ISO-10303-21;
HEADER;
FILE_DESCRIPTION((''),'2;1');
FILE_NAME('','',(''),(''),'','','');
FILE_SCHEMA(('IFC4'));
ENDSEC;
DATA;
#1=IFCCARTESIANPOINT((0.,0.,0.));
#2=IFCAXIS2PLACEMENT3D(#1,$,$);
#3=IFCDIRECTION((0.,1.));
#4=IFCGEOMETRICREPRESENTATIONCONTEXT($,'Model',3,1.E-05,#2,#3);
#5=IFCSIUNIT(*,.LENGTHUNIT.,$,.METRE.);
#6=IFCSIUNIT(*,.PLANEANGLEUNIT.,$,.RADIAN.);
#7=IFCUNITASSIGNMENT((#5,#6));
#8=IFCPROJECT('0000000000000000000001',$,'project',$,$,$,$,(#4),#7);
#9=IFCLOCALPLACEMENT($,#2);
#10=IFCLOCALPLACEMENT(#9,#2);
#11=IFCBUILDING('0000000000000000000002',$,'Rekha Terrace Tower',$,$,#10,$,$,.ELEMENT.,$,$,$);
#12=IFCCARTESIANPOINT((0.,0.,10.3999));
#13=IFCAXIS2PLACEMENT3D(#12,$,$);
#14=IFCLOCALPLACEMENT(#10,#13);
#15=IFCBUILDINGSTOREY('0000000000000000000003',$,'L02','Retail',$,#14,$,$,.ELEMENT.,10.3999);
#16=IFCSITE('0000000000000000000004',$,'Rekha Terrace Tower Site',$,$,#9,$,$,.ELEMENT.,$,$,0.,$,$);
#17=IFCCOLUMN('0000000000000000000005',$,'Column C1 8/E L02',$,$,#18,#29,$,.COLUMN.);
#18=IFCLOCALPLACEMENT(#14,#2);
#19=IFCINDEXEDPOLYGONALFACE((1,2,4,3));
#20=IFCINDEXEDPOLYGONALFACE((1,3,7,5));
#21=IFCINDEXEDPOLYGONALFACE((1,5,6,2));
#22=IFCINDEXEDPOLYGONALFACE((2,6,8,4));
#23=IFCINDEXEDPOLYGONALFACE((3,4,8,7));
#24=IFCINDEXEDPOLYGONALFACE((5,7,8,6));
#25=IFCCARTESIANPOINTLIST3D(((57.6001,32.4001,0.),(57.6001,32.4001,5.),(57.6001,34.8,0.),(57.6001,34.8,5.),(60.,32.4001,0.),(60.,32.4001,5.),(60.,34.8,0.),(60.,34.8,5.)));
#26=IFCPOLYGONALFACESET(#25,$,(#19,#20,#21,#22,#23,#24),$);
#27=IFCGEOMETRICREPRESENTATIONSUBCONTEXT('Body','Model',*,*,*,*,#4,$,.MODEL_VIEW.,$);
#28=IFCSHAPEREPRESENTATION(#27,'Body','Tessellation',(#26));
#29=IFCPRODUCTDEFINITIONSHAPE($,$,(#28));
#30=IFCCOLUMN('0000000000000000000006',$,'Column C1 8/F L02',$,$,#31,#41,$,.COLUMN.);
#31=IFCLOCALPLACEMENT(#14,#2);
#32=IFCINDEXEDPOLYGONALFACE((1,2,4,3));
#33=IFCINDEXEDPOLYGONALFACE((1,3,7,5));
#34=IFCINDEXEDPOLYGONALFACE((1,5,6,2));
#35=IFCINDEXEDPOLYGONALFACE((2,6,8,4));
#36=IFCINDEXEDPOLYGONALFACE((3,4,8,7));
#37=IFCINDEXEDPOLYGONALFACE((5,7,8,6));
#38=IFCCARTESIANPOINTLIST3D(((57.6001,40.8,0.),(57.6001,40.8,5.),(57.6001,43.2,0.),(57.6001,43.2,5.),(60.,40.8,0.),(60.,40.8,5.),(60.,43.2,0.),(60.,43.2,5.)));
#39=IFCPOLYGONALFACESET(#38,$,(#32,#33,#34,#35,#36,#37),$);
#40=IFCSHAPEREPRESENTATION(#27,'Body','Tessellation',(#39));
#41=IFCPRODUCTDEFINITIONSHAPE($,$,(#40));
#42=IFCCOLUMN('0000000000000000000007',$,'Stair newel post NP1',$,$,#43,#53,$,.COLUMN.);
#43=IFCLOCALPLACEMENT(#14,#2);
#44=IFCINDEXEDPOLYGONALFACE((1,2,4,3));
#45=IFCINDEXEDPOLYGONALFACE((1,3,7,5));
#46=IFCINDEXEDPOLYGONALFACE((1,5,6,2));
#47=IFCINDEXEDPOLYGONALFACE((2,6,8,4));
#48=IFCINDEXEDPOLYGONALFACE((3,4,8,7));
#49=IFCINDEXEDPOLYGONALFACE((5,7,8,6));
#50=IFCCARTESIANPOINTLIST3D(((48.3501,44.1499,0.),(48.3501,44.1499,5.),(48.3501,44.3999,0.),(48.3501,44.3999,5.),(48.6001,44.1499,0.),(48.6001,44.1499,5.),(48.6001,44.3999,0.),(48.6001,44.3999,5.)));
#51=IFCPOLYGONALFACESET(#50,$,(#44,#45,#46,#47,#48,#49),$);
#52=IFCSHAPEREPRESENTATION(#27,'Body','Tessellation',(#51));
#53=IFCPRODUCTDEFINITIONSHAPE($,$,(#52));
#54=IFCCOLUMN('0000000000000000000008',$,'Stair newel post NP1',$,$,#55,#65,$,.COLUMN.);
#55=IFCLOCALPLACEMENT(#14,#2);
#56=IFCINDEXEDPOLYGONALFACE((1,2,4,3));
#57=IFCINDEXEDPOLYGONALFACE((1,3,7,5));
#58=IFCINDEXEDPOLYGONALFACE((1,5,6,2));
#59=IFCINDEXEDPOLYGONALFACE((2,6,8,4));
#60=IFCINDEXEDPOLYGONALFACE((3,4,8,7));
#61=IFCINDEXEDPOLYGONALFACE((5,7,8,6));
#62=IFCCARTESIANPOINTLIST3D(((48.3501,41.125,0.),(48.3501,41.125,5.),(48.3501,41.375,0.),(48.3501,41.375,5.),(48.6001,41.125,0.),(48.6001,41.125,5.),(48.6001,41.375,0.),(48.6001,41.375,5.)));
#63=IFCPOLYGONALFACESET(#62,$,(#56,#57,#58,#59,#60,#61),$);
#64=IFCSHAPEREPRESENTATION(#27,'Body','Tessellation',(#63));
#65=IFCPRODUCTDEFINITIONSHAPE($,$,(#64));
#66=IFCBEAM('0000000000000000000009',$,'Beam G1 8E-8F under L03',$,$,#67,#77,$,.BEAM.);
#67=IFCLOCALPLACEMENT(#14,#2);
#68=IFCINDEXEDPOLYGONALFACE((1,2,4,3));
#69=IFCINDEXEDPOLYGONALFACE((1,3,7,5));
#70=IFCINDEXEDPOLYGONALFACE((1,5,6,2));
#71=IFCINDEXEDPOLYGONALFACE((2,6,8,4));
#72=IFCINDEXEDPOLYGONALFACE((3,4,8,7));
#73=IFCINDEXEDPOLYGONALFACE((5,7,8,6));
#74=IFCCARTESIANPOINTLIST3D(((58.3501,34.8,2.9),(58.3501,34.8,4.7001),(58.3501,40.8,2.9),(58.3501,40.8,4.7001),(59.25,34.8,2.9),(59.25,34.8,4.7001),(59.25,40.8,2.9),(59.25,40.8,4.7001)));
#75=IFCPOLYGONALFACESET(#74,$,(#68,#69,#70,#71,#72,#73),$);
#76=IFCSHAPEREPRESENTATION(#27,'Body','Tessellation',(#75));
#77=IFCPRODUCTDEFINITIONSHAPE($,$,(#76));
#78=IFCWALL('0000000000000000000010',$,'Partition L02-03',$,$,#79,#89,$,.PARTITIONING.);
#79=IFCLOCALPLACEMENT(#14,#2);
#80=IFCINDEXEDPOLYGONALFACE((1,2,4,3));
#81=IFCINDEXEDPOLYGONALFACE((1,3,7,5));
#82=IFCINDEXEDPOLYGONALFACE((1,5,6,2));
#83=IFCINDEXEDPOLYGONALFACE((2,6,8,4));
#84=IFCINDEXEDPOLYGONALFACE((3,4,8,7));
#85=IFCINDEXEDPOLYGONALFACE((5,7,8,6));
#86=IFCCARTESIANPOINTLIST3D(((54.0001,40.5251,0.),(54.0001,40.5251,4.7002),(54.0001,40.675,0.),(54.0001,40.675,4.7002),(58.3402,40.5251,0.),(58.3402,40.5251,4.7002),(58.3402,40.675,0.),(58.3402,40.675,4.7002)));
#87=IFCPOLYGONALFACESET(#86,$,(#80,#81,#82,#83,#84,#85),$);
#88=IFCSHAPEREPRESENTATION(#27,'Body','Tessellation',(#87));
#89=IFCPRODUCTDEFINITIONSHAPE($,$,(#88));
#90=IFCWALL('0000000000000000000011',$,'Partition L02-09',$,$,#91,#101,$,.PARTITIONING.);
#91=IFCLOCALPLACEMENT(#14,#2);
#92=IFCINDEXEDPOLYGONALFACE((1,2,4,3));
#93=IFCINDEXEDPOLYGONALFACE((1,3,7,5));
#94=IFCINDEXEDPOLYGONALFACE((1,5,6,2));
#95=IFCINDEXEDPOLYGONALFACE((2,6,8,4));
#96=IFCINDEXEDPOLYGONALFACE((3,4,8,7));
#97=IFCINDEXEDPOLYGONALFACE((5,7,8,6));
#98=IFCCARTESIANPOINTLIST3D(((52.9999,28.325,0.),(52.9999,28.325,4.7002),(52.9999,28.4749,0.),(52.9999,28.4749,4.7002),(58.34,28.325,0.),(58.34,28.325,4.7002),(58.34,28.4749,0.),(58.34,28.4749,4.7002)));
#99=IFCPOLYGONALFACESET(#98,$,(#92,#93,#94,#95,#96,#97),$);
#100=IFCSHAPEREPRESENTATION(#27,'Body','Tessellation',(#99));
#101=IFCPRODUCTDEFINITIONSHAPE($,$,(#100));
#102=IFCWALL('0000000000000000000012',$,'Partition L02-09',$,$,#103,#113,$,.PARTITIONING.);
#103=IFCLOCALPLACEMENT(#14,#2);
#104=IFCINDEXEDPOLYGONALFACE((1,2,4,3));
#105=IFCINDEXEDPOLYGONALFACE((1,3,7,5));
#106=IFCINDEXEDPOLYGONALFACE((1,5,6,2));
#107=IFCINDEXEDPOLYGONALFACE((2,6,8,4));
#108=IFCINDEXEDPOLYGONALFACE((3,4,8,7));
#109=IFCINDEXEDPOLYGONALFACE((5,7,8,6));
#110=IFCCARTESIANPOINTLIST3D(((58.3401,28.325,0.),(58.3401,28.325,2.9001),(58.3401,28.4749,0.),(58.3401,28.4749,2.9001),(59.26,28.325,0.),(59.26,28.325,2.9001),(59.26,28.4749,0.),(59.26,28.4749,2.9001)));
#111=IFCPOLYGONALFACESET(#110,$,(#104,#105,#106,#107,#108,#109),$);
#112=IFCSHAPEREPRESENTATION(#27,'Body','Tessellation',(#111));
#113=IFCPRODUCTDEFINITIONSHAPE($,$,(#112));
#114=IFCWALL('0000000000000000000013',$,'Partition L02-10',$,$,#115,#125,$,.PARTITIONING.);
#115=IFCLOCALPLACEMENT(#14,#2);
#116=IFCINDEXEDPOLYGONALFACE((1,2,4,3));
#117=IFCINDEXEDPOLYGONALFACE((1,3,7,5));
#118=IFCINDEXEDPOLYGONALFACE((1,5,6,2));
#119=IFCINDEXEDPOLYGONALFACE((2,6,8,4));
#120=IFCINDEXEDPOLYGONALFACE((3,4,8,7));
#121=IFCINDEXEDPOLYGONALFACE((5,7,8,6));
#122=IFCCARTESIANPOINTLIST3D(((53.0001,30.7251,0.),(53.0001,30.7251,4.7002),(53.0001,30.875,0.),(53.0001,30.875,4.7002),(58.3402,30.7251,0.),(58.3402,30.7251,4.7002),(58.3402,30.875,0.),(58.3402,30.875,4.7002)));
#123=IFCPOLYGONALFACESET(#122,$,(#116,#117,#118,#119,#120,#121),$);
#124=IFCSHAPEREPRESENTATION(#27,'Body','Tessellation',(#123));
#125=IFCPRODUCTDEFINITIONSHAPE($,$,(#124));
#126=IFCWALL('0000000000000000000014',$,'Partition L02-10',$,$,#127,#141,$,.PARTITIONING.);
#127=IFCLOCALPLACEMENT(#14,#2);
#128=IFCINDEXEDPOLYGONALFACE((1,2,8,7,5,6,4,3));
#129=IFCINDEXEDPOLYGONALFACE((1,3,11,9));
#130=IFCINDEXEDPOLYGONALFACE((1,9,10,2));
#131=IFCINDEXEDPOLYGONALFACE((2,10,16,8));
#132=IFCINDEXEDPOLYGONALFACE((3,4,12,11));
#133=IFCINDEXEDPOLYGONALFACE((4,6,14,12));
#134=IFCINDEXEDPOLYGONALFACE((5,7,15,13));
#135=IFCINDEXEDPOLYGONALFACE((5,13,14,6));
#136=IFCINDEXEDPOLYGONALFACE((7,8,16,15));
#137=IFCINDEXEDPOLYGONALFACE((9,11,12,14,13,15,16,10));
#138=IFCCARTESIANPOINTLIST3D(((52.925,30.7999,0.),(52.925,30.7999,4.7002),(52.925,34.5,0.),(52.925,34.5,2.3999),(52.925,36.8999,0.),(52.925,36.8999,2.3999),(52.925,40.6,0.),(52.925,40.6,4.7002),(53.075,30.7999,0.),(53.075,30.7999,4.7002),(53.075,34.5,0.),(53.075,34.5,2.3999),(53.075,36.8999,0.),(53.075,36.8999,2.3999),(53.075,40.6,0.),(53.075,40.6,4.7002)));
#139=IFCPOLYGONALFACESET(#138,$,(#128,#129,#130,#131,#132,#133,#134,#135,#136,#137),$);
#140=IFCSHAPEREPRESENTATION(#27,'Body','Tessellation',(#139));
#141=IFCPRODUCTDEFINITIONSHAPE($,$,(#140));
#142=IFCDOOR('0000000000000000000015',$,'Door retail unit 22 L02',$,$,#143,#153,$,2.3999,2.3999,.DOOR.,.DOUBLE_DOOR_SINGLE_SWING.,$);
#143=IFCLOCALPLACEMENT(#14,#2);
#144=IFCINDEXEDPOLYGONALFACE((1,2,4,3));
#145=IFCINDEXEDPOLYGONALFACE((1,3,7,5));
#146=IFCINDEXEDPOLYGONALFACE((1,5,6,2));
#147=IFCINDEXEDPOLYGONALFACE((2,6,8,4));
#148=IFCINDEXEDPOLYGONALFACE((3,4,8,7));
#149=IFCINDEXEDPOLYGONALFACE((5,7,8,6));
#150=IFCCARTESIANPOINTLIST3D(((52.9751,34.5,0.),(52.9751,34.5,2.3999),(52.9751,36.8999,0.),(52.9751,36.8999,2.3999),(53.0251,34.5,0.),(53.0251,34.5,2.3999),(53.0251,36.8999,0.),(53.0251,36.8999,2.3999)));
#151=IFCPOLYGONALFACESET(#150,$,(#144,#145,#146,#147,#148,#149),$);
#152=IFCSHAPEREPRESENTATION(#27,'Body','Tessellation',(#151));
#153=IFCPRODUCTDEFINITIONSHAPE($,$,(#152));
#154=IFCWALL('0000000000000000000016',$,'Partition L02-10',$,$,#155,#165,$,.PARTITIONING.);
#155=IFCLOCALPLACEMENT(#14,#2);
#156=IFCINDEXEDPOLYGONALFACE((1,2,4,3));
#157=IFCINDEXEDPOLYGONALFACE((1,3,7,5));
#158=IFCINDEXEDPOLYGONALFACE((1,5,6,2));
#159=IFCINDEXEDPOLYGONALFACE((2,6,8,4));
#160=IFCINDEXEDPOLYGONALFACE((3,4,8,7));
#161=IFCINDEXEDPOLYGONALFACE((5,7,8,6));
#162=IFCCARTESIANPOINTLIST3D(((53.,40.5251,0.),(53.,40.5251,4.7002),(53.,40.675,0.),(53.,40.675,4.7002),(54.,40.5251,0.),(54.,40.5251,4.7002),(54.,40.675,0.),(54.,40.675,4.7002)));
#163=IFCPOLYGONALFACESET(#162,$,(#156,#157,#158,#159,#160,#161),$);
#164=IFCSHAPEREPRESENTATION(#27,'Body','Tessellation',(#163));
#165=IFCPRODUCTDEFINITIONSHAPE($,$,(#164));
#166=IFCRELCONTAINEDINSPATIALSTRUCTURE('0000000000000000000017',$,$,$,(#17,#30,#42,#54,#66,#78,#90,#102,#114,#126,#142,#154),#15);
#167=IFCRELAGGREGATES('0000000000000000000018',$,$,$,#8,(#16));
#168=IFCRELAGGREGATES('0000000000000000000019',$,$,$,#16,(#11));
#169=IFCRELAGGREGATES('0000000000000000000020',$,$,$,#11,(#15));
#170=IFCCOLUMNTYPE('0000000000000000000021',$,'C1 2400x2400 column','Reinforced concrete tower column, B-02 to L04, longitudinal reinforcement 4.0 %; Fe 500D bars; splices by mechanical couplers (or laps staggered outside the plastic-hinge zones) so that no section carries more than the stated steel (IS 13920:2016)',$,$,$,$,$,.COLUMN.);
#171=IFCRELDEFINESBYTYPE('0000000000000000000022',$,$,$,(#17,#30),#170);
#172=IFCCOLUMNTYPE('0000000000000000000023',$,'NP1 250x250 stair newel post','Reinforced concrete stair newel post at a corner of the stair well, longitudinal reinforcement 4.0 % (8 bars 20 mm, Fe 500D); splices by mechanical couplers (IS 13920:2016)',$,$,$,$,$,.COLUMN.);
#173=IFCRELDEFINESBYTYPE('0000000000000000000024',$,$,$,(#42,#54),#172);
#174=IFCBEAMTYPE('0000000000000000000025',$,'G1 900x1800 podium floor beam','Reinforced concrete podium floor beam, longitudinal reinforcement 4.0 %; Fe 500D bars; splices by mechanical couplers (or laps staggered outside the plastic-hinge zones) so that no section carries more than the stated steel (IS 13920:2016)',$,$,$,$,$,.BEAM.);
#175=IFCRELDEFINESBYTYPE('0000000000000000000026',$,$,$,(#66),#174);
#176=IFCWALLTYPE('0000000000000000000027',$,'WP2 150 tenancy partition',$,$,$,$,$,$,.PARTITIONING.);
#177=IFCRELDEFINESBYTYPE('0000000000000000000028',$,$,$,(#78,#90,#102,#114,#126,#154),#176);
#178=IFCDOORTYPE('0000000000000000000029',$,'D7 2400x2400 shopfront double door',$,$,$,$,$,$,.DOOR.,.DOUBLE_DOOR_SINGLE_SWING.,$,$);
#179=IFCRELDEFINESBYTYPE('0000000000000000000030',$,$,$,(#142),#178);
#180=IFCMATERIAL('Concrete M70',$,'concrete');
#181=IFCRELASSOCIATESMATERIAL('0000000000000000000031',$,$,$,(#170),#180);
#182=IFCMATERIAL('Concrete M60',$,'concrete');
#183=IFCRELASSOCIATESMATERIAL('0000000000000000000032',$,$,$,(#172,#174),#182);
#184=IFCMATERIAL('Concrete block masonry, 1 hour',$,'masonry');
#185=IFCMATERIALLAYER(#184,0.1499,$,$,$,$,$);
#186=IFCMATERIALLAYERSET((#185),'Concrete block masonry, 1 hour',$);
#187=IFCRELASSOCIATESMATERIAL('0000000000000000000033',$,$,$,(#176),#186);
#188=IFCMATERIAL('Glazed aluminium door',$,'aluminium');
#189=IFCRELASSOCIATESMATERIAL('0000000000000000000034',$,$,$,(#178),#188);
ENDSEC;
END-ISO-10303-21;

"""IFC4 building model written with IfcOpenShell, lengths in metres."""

from ifc_helpers import new_model, si_unit, direction, frame, frame_2d, origin, origin_2d, place, context, subcontext, project, spatial, rectangle, extrude, material, layer, layer_set, material_profile, profile_set, type_object, element, fill, save


model = new_model("IFC4")

# Units and contexts
model_context = context("Model", 3, precision=1e-05, world=origin(), true_north=direction((0.0, 1.0)))
body_context = subcontext(model_context, "Body", "Model", "MODEL_VIEW")
ifc_project = project(units=[si_unit("LENGTHUNIT", "METRE"), si_unit("PLANEANGLEUNIT", "RADIAN")], contexts=[model_context])

# Site, building, storey
site_placement = place(None, origin())
site = spatial("IfcSite", under=ifc_project, at=site_placement, Name="Rekha Terrace Tower Site", CompositionType="ELEMENT", RefElevation=0.0)
building_placement = place(site_placement, origin())
building = spatial("IfcBuilding", under=site, at=building_placement, Name="Rekha Terrace Tower", CompositionType="ELEMENT")
storey_placement = place(building_placement, frame((0.0, 0.0, 10.3999)))
storey = spatial("IfcBuildingStorey", under=building, at=storey_placement, Name="L02", Description="Retail", CompositionType="ELEMENT", Elevation=10.3999)

# Columns
ifc_material_1 = material(Name="Concrete M70", Category="concrete")
ifc_material_profile_1 = material_profile(ifc_material_1, rectangle(XDim=2.3999, YDim=2.3999, at=origin_2d()), Name="RC 2400x2400")
ifc_profile_set_1 = profile_set([ifc_material_profile_1], Name="Concrete M70")
column_type_1 = type_object("IfcColumnType", Name="C1 2400x2400 column", Description="Reinforced concrete tower column, B-02 to L04, longitudinal reinforcement 4.0 %; Fe 500D bars; splices by mechanical couplers (or laps staggered outside the plastic-hinge zones) so that no section carries more than the stated steel (IS 13920:2016)", PredefinedType="COLUMN", material=ifc_profile_set_1)
for number, where, z_axis, x_axis, name in (
    (1, (58.8, 33.6001, 0.0), (0.0, 0.0, 1.0), (1.0, 0.0, 0.0), "Column C1 8/E L02"),
    (2, (58.8, 42.0, 0.0), (0.0, 0.0, 1.0), (1.0, 0.0, 0.0), "Column C1 8/F L02"),
):
    element("IfcColumn", number, at=place(storey_placement, frame(where, z_axis=z_axis, x_axis=x_axis)), inside=storey, type_object=column_type_1, Name=name, PredefinedType="COLUMN", context=body_context, shape_type="SweptSolid", body=[
        extrude(rectangle(XDim=2.3999, YDim=2.3999, at=origin_2d()), origin(), (0.0, 0.0, 1.0), 5.0),
    ])
ifc_material_2 = material(Name="Concrete M60", Category="concrete")
ifc_material_profile_2 = material_profile(ifc_material_2, rectangle(XDim=0.25, YDim=0.25, at=origin_2d()), Name="RC 250x250")
ifc_profile_set_2 = profile_set([ifc_material_profile_2], Name="Concrete M60")
column_type_2 = type_object("IfcColumnType", Name="NP1 250x250 stair newel post", Description="Reinforced concrete stair newel post at a corner of the stair well, longitudinal reinforcement 4.0 % (8 bars 20 mm, Fe 500D); splices by mechanical couplers (IS 13920:2016)", PredefinedType="COLUMN", material=ifc_profile_set_2)
for number, where, z_axis, x_axis, name in (
    (3, (48.4751, 44.2749, 0.0), (0.0, 0.0, 1.0), (1.0, 0.0, 0.0), "Stair newel post NP1"),
    (4, (48.4751, 41.25, 0.0), (0.0, 0.0, 1.0), (1.0, 0.0, 0.0), "Stair newel post NP1"),
):
    element("IfcColumn", number, at=place(storey_placement, frame(where, z_axis=z_axis, x_axis=x_axis)), inside=storey, type_object=column_type_2, Name=name, PredefinedType="COLUMN", context=body_context, shape_type="SweptSolid", body=[
        extrude(rectangle(XDim=0.25, YDim=0.25, at=origin_2d()), origin(), (0.0, 0.0, 1.0), 5.0),
    ])

# Beam
ifc_material_profile_3 = material_profile(ifc_material_2, rectangle(XDim=0.8999, YDim=1.8, at=origin_2d()), Name="RC 900x1800")
ifc_profile_set_3 = profile_set([ifc_material_profile_3], Name="Concrete M60")
beam_type = type_object("IfcBeamType", Name="G1 900x1800 podium floor beam", Description="Reinforced concrete podium floor beam, longitudinal reinforcement 4.0 %; Fe 500D bars; splices by mechanical couplers (or laps staggered outside the plastic-hinge zones) so that no section carries more than the stated steel (IS 13920:2016)", PredefinedType="BEAM", material=ifc_profile_set_3)
beam_placement = place(storey_placement, frame((58.8, 34.8, 3.8), z_axis=(0.0, 1.0, 0.0), x_axis=(-1.0, 0.0, 0.0)))
element("IfcBeam", 5, at=beam_placement, inside=storey, type_object=beam_type, Name="Beam G1 8E-8F under L03", PredefinedType="BEAM", context=body_context, shape_type="SweptSolid", body=[
    extrude(rectangle(XDim=0.8999, YDim=1.8, at=origin_2d()), origin(), (0.0, 0.0, 1.0), 6.0),
])

# Wall
ifc_material_3 = material(Name="Concrete block masonry, 1 hour", Category="masonry")
ifc_layer = layer(ifc_material_3, 0.1499)
ifc_layer_set = layer_set([ifc_layer], Name="Concrete block masonry, 1 hour")
wall_type = type_object("IfcWallType", Name="WP2 150 tenancy partition", PredefinedType="PARTITIONING", material=ifc_layer_set)
wall_1_placement = place(storey_placement, frame((58.3401, 40.6001, 0.0), z_axis=(0.0, 0.0, 1.0), x_axis=(-1.0, 0.0, 0.0)))
element("IfcWall", 6, at=wall_1_placement, inside=storey, type_object=wall_type, Name="Partition L02-03", PredefinedType="PARTITIONING", context=body_context, shape_type="SweptSolid", body=[
    extrude(rectangle(XDim=4.3401, YDim=0.1499, at=frame_2d((2.1699, 0.0))), origin(), (0.0, 0.0, 1.0), 4.7002),
])

# Shared definitions
ifc_material_4 = material(Name="Glazed aluminium door", Category="aluminium")
door_type = type_object("IfcDoorType", Name="D7 2400x2400 shopfront double door", OperationType="DOUBLE_DOOR_SINGLE_SWING", PredefinedType="DOOR", material=ifc_material_4)

# Walls
wall_2_placement = place(storey_placement, frame((53.0, 28.3999, 0.0), z_axis=(0.0, 0.0, 1.0), x_axis=(1.0, 0.0, 0.0)))
element("IfcWall", 7, at=wall_2_placement, inside=storey, type_object=wall_type, Name="Partition L02-09", PredefinedType="PARTITIONING", context=body_context, shape_type="SweptSolid", body=[
    extrude(rectangle(XDim=5.3401, YDim=0.1499, at=frame_2d((2.6699, 0.0))), origin(), (0.0, 0.0, 1.0), 4.7002),
])
wall_3_placement = place(storey_placement, frame((58.3401, 28.3999, 0.0), z_axis=(0.0, 0.0, 1.0), x_axis=(1.0, 0.0, 0.0)))
element("IfcWall", 8, at=wall_3_placement, inside=storey, type_object=wall_type, Name="Partition L02-09", PredefinedType="PARTITIONING", context=body_context, shape_type="SweptSolid", body=[
    extrude(rectangle(XDim=0.9199, YDim=0.1499, at=frame_2d((0.46, 0.0))), origin(), (0.0, 0.0, 1.0), 2.9001),
])
wall_4_placement = place(storey_placement, frame((58.3401, 30.8, 0.0), z_axis=(0.0, 0.0, 1.0), x_axis=(-1.0, 0.0, 0.0)))
element("IfcWall", 9, at=wall_4_placement, inside=storey, type_object=wall_type, Name="Partition L02-10", PredefinedType="PARTITIONING", context=body_context, shape_type="SweptSolid", body=[
    extrude(rectangle(XDim=5.3401, YDim=0.1499, at=frame_2d((2.6699, 0.0))), origin(), (0.0, 0.0, 1.0), 4.7002),
])

# Wall, opening, door
wall_5_placement = place(storey_placement, frame((53.0, 30.8, 0.0), z_axis=(0.0, 0.0, 1.0), x_axis=(0.0, 1.0, 0.0)))
wall_5 = element("IfcWall", 10, at=wall_5_placement, inside=storey, type_object=wall_type, Name="Partition L02-10", PredefinedType="PARTITIONING", context=body_context, shape_type="SweptSolid", body=[
    extrude(rectangle(XDim=9.8, YDim=0.1499, at=frame_2d((4.8999, 0.0))), origin(), (0.0, 0.0, 1.0), 4.7002),
])
opening_1_placement = place(wall_5_placement, frame((3.7, 0.0, 0.0)))
opening_1 = element("IfcOpeningElement", 11, at=opening_1_placement, cuts=wall_5, PredefinedType="OPENING", context=body_context, shape_type="SweptSolid", body=[
    extrude(rectangle(XDim=2.3999, YDim=2.3999, at=frame_2d((1.2, 1.2))), frame((0.0, 0.085, 0.0), z_axis=(0.0, -1.0, 0.0), x_axis=(1.0, 0.0, 0.0)), (0.0, 0.0, 1.0), 0.1699),
])
door_1_placement = place(opening_1_placement, origin())
door_1 = element("IfcDoor", 12, at=door_1_placement, inside=storey, type_object=door_type, Name="Door retail unit 22 L02", OperationType="DOUBLE_DOOR_SINGLE_SWING", OverallHeight=2.3999, OverallWidth=2.3999, PredefinedType="DOOR", context=body_context, shape_type="SweptSolid", body=[
    extrude(rectangle(XDim=2.3999, YDim=2.3999, at=frame_2d((1.2, 1.2))), frame((0.0, 0.0249, 0.0), z_axis=(0.0, -1.0, 0.0), x_axis=(1.0, 0.0, 0.0)), (0.0, 0.0, 1.0), 0.05),
])
fill(opening_1, door_1)

# Wall
wall_6_placement = place(storey_placement, frame((53.0, 40.6001, 0.0), z_axis=(0.0, 0.0, 1.0), x_axis=(1.0, 0.0, 0.0)))
element("IfcWall", 13, at=wall_6_placement, inside=storey, type_object=wall_type, Name="Partition L02-10", PredefinedType="PARTITIONING", context=body_context, shape_type="SweptSolid", body=[
    extrude(rectangle(XDim=1.0, YDim=0.1499, at=frame_2d((0.5, 0.0))), origin(), (0.0, 0.0, 1.0), 4.7002),
])

save(model, "model.ifc")
